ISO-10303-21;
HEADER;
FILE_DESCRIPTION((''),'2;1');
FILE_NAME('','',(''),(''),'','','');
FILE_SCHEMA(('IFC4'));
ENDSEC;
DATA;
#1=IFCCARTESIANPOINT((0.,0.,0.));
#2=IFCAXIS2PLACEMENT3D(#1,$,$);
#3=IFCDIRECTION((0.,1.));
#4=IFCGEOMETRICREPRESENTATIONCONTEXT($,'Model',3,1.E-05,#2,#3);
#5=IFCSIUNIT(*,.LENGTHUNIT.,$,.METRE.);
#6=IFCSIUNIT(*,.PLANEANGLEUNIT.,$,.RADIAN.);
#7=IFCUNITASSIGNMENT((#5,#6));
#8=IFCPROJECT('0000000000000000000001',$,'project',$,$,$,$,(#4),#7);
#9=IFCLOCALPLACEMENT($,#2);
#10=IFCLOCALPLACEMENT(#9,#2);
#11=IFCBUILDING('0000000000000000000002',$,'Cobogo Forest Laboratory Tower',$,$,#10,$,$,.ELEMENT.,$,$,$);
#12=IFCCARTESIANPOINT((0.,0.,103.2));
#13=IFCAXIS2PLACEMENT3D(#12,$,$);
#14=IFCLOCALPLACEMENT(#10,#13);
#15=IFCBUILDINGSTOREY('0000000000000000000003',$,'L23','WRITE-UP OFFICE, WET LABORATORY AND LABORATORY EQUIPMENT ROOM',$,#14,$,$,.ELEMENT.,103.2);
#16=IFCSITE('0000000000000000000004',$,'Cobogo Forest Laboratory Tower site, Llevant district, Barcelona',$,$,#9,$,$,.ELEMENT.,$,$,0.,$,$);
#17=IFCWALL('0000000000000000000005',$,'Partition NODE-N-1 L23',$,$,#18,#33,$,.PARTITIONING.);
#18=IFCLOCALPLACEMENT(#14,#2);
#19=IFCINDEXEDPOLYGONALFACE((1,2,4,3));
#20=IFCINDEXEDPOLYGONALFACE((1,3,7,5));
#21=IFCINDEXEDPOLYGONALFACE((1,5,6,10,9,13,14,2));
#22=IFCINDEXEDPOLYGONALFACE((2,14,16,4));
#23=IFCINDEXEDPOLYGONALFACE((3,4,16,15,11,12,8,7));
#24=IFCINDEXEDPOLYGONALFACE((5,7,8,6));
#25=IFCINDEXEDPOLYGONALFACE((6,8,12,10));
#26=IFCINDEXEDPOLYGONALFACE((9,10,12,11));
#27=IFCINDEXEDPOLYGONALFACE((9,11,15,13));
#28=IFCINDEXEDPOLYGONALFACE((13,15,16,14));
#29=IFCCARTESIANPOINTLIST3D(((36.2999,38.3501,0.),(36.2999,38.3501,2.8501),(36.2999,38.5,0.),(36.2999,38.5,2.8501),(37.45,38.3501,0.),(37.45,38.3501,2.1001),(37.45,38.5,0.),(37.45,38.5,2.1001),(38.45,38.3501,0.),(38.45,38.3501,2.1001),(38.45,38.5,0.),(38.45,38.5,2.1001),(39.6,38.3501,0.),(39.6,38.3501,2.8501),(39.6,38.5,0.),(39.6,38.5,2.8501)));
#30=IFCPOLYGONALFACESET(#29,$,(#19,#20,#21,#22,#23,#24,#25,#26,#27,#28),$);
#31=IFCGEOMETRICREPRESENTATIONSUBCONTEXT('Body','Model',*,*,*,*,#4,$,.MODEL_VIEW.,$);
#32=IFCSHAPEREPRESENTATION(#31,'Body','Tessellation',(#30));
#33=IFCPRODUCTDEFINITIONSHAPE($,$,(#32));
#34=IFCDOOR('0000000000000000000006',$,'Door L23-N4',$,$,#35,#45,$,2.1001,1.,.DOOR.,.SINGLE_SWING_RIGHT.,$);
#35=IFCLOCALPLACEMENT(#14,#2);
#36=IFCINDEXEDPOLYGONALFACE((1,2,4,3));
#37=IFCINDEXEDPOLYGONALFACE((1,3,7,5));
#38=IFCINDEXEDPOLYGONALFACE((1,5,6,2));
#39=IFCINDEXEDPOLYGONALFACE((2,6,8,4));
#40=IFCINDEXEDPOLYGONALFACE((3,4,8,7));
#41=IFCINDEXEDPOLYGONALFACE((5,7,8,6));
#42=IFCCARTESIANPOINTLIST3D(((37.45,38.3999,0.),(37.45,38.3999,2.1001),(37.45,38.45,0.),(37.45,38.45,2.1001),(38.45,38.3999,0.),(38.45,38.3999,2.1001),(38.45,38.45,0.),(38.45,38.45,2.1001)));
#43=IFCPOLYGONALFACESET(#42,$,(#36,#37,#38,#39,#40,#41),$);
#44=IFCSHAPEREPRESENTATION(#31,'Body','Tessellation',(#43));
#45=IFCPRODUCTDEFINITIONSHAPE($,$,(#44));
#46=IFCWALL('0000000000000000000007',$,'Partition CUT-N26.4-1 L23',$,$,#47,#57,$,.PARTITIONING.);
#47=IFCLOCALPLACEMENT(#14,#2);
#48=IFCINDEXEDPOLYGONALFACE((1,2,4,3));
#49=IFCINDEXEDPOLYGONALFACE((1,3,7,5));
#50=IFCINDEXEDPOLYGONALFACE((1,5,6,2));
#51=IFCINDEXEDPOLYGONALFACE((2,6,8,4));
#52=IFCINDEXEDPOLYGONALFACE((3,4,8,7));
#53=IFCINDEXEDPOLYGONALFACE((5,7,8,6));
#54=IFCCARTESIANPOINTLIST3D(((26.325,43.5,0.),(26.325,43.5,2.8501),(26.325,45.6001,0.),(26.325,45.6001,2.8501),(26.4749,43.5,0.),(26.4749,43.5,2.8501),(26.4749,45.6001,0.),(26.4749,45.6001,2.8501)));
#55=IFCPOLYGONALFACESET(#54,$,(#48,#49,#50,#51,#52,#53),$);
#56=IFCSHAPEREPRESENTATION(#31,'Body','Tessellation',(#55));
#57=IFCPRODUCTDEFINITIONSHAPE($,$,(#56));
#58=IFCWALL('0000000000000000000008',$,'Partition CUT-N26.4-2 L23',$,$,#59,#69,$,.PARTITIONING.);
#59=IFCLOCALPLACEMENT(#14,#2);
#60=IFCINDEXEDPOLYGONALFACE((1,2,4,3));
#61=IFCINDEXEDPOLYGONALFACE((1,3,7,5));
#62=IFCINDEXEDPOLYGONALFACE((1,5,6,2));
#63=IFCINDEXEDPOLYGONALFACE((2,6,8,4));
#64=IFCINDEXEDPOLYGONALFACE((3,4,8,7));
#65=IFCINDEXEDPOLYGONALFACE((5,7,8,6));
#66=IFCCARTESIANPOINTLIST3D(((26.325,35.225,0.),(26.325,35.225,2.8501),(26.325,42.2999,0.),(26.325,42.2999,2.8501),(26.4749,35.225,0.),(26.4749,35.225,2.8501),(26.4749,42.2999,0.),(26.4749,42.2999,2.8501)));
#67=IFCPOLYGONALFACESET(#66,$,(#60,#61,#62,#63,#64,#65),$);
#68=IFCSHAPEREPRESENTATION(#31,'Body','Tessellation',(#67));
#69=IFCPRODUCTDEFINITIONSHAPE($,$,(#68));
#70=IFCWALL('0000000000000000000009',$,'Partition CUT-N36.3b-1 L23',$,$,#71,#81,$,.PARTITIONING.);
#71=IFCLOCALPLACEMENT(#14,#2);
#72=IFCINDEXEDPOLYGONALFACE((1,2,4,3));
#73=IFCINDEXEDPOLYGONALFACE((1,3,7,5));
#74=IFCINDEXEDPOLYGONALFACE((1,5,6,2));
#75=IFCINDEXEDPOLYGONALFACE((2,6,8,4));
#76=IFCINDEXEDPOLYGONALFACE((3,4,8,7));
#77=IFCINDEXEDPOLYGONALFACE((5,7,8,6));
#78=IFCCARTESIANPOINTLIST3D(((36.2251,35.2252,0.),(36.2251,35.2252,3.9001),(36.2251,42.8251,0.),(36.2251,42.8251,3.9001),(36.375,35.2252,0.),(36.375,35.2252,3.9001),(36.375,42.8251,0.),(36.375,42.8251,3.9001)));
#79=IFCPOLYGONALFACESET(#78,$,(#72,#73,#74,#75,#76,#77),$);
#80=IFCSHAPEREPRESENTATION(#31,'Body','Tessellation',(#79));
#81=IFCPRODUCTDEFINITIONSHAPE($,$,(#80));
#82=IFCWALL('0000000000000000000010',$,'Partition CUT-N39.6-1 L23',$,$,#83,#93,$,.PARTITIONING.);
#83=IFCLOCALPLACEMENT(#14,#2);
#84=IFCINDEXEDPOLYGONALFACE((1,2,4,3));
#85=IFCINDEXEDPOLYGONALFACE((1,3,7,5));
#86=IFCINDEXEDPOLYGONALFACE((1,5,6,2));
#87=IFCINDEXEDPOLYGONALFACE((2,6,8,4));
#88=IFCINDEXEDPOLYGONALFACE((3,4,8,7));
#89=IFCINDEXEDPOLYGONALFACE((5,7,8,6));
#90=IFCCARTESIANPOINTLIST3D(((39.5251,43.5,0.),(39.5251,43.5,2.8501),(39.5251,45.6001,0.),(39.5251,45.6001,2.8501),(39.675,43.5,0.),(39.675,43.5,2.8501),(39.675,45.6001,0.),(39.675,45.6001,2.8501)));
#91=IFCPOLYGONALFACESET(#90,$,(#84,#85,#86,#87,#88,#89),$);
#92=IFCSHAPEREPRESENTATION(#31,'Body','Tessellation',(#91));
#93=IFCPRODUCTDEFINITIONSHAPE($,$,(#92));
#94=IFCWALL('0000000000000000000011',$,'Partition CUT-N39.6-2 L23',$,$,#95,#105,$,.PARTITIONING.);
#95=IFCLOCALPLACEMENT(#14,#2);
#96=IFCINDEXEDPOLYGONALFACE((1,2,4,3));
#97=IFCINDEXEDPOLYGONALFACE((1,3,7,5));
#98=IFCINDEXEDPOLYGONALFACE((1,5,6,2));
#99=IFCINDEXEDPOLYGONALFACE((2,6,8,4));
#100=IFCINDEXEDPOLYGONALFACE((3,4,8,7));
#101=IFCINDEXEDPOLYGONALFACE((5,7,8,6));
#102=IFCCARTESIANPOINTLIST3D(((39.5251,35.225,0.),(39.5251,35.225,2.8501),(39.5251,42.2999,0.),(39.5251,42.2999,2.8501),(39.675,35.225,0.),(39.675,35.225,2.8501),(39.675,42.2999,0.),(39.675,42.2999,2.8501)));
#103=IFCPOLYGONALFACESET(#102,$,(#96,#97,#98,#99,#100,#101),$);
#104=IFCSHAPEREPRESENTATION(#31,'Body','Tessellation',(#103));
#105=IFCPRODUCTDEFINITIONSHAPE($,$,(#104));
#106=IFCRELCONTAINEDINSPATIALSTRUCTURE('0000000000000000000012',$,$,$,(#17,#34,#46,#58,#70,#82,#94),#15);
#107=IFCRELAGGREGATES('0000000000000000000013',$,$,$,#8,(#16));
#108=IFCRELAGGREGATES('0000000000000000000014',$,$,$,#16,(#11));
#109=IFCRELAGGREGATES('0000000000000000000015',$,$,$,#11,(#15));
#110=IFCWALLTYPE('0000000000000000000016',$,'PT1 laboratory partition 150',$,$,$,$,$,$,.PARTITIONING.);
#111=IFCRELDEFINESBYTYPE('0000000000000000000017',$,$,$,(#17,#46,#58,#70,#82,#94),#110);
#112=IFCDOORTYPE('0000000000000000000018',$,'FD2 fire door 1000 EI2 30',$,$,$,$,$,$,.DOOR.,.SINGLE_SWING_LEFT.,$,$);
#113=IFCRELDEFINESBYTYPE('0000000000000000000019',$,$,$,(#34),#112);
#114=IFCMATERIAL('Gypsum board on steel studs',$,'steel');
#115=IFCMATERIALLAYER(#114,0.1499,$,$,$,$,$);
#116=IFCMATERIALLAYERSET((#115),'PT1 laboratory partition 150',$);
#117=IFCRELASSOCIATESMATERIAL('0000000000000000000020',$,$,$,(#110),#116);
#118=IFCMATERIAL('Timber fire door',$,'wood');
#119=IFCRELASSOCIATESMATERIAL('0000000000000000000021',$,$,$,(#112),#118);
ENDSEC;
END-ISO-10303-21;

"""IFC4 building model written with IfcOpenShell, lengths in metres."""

from ifc_helpers import new_model, si_unit, direction, frame, frame_2d, origin, place, context, subcontext, project, spatial, rectangle, extrude, material, layer, layer_set, type_object, element, fill, save


model = new_model("IFC4")

# Units and contexts
model_context = context("Model", 3, precision=1e-05, world=origin(), true_north=direction((0.0, 1.0)))
body_context = subcontext(model_context, "Body", "Model", "MODEL_VIEW")
ifc_project = project(units=[si_unit("LENGTHUNIT", "METRE"), si_unit("PLANEANGLEUNIT", "RADIAN")], contexts=[model_context])

# Site, building, storey
site_placement = place(None, origin())
site = spatial("IfcSite", under=ifc_project, at=site_placement, Name="Cobogo Forest Laboratory Tower site, Llevant district, Barcelona", CompositionType="ELEMENT", RefElevation=0.0)
building_placement = place(site_placement, origin())
building = spatial("IfcBuilding", under=site, at=building_placement, Name="Cobogo Forest Laboratory Tower", CompositionType="ELEMENT")
storey_placement = place(building_placement, frame((0.0, 0.0, 103.2)))
storey = spatial("IfcBuildingStorey", under=building, at=storey_placement, Name="L23", Description="WRITE-UP OFFICE, WET LABORATORY AND LABORATORY EQUIPMENT ROOM", CompositionType="ELEMENT", Elevation=103.2)

# Shared definitions
ifc_material_1 = material(Name="Gypsum board on steel studs", Category="steel")
ifc_layer = layer(ifc_material_1, 0.1499)
ifc_layer_set = layer_set([ifc_layer], Name="PT1 laboratory partition 150")
wall_type = type_object("IfcWallType", Name="PT1 laboratory partition 150", PredefinedType="PARTITIONING", material=ifc_layer_set)
ifc_material_2 = material(Name="Timber fire door", Category="wood")
door_type = type_object("IfcDoorType", Name="FD2 fire door 1000 EI2 30", OperationType="SINGLE_SWING_LEFT", PredefinedType="DOOR", material=ifc_material_2)

# Wall, opening, door
wall_1_placement = place(storey_placement, frame((36.3, 38.425, 0.0), z_axis=(0.0, 0.0, 1.0), x_axis=(1.0, 0.0, 0.0)))
wall_1 = element("IfcWall", 1, at=wall_1_placement, inside=storey, type_object=wall_type, Name="Partition NODE-N-1 L23", PredefinedType="PARTITIONING", context=body_context, shape_type="SweptSolid", body=[
    extrude(rectangle(XDim=3.3, YDim=0.1499, at=frame_2d((1.6499, 0.0))), origin(), (0.0, 0.0, 1.0), 2.8501),
])
opening_1_placement = place(wall_1_placement, frame((1.1499, 0.0, 0.0)))
opening_1 = element("IfcOpeningElement", 2, at=opening_1_placement, cuts=wall_1, PredefinedType="OPENING", context=body_context, shape_type="SweptSolid", body=[
    extrude(rectangle(XDim=1.0, YDim=2.1001, at=frame_2d((0.5, 1.05))), frame((0.0, 0.085, 0.0), z_axis=(0.0, -1.0, 0.0), x_axis=(1.0, 0.0, 0.0)), (0.0, 0.0, 1.0), 0.1699),
])
door_1_placement = place(opening_1_placement, origin())
door_1 = element("IfcDoor", 3, at=door_1_placement, inside=storey, type_object=door_type, Name="Door L23-N4", OperationType="SINGLE_SWING_RIGHT", OverallHeight=2.1001, OverallWidth=1.0, PredefinedType="DOOR", context=body_context, shape_type="SweptSolid", body=[
    extrude(rectangle(XDim=1.0, YDim=2.1001, at=frame_2d((0.5, 1.05))), frame((0.0, 0.0249, 0.0), z_axis=(0.0, -1.0, 0.0), x_axis=(1.0, 0.0, 0.0)), (0.0, 0.0, 1.0), 0.05),
])
fill(opening_1, door_1)

# Walls
wall_2_placement = place(storey_placement, frame((26.3999, 45.6001, 0.0), z_axis=(0.0, 0.0, 1.0), x_axis=(0.0, -1.0, 0.0)))
element("IfcWall", 4, at=wall_2_placement, inside=storey, type_object=wall_type, Name="Partition CUT-N26.4-1 L23", PredefinedType="PARTITIONING", context=body_context, shape_type="SweptSolid", body=[
    extrude(rectangle(XDim=2.1001, YDim=0.1499, at=frame_2d((1.05, 0.0))), origin(), (0.0, 0.0, 1.0), 2.8501),
])
wall_3_placement = place(storey_placement, frame((26.3999, 42.3, 0.0), z_axis=(0.0, 0.0, 1.0), x_axis=(0.0, -1.0, 0.0)))
element("IfcWall", 5, at=wall_3_placement, inside=storey, type_object=wall_type, Name="Partition CUT-N26.4-2 L23", PredefinedType="PARTITIONING", context=body_context, shape_type="SweptSolid", body=[
    extrude(rectangle(XDim=7.075, YDim=0.1499, at=frame_2d((3.5376, 0.0))), origin(), (0.0, 0.0, 1.0), 2.8501),
])
wall_4_placement = place(storey_placement, frame((36.3, 42.825, 0.0), z_axis=(0.0, 0.0, 1.0), x_axis=(0.0, -1.0, 0.0)))
element("IfcWall", 6, at=wall_4_placement, inside=storey, type_object=wall_type, Name="Partition CUT-N36.3b-1 L23", PredefinedType="PARTITIONING", context=body_context, shape_type="SweptSolid", body=[
    extrude(rectangle(XDim=7.5999, YDim=0.1499, at=frame_2d((3.7998, 0.0))), origin(), (0.0, 0.0, 1.0), 3.9001),
])
wall_5_placement = place(storey_placement, frame((39.6001, 45.6001, 0.0), z_axis=(0.0, 0.0, 1.0), x_axis=(0.0, -1.0, 0.0)))
element("IfcWall", 7, at=wall_5_placement, inside=storey, type_object=wall_type, Name="Partition CUT-N39.6-1 L23", PredefinedType="PARTITIONING", context=body_context, shape_type="SweptSolid", body=[
    extrude(rectangle(XDim=2.1001, YDim=0.1499, at=frame_2d((1.05, 0.0))), origin(), (0.0, 0.0, 1.0), 2.8501),
])
wall_6_placement = place(storey_placement, frame((39.6001, 42.3, 0.0), z_axis=(0.0, 0.0, 1.0), x_axis=(0.0, -1.0, 0.0)))
element("IfcWall", 8, at=wall_6_placement, inside=storey, type_object=wall_type, Name="Partition CUT-N39.6-2 L23", PredefinedType="PARTITIONING", context=body_context, shape_type="SweptSolid", body=[
    extrude(rectangle(XDim=7.075, YDim=0.1499, at=frame_2d((3.5376, 0.0))), origin(), (0.0, 0.0, 1.0), 2.8501),
])

save(model, "model.ifc")
